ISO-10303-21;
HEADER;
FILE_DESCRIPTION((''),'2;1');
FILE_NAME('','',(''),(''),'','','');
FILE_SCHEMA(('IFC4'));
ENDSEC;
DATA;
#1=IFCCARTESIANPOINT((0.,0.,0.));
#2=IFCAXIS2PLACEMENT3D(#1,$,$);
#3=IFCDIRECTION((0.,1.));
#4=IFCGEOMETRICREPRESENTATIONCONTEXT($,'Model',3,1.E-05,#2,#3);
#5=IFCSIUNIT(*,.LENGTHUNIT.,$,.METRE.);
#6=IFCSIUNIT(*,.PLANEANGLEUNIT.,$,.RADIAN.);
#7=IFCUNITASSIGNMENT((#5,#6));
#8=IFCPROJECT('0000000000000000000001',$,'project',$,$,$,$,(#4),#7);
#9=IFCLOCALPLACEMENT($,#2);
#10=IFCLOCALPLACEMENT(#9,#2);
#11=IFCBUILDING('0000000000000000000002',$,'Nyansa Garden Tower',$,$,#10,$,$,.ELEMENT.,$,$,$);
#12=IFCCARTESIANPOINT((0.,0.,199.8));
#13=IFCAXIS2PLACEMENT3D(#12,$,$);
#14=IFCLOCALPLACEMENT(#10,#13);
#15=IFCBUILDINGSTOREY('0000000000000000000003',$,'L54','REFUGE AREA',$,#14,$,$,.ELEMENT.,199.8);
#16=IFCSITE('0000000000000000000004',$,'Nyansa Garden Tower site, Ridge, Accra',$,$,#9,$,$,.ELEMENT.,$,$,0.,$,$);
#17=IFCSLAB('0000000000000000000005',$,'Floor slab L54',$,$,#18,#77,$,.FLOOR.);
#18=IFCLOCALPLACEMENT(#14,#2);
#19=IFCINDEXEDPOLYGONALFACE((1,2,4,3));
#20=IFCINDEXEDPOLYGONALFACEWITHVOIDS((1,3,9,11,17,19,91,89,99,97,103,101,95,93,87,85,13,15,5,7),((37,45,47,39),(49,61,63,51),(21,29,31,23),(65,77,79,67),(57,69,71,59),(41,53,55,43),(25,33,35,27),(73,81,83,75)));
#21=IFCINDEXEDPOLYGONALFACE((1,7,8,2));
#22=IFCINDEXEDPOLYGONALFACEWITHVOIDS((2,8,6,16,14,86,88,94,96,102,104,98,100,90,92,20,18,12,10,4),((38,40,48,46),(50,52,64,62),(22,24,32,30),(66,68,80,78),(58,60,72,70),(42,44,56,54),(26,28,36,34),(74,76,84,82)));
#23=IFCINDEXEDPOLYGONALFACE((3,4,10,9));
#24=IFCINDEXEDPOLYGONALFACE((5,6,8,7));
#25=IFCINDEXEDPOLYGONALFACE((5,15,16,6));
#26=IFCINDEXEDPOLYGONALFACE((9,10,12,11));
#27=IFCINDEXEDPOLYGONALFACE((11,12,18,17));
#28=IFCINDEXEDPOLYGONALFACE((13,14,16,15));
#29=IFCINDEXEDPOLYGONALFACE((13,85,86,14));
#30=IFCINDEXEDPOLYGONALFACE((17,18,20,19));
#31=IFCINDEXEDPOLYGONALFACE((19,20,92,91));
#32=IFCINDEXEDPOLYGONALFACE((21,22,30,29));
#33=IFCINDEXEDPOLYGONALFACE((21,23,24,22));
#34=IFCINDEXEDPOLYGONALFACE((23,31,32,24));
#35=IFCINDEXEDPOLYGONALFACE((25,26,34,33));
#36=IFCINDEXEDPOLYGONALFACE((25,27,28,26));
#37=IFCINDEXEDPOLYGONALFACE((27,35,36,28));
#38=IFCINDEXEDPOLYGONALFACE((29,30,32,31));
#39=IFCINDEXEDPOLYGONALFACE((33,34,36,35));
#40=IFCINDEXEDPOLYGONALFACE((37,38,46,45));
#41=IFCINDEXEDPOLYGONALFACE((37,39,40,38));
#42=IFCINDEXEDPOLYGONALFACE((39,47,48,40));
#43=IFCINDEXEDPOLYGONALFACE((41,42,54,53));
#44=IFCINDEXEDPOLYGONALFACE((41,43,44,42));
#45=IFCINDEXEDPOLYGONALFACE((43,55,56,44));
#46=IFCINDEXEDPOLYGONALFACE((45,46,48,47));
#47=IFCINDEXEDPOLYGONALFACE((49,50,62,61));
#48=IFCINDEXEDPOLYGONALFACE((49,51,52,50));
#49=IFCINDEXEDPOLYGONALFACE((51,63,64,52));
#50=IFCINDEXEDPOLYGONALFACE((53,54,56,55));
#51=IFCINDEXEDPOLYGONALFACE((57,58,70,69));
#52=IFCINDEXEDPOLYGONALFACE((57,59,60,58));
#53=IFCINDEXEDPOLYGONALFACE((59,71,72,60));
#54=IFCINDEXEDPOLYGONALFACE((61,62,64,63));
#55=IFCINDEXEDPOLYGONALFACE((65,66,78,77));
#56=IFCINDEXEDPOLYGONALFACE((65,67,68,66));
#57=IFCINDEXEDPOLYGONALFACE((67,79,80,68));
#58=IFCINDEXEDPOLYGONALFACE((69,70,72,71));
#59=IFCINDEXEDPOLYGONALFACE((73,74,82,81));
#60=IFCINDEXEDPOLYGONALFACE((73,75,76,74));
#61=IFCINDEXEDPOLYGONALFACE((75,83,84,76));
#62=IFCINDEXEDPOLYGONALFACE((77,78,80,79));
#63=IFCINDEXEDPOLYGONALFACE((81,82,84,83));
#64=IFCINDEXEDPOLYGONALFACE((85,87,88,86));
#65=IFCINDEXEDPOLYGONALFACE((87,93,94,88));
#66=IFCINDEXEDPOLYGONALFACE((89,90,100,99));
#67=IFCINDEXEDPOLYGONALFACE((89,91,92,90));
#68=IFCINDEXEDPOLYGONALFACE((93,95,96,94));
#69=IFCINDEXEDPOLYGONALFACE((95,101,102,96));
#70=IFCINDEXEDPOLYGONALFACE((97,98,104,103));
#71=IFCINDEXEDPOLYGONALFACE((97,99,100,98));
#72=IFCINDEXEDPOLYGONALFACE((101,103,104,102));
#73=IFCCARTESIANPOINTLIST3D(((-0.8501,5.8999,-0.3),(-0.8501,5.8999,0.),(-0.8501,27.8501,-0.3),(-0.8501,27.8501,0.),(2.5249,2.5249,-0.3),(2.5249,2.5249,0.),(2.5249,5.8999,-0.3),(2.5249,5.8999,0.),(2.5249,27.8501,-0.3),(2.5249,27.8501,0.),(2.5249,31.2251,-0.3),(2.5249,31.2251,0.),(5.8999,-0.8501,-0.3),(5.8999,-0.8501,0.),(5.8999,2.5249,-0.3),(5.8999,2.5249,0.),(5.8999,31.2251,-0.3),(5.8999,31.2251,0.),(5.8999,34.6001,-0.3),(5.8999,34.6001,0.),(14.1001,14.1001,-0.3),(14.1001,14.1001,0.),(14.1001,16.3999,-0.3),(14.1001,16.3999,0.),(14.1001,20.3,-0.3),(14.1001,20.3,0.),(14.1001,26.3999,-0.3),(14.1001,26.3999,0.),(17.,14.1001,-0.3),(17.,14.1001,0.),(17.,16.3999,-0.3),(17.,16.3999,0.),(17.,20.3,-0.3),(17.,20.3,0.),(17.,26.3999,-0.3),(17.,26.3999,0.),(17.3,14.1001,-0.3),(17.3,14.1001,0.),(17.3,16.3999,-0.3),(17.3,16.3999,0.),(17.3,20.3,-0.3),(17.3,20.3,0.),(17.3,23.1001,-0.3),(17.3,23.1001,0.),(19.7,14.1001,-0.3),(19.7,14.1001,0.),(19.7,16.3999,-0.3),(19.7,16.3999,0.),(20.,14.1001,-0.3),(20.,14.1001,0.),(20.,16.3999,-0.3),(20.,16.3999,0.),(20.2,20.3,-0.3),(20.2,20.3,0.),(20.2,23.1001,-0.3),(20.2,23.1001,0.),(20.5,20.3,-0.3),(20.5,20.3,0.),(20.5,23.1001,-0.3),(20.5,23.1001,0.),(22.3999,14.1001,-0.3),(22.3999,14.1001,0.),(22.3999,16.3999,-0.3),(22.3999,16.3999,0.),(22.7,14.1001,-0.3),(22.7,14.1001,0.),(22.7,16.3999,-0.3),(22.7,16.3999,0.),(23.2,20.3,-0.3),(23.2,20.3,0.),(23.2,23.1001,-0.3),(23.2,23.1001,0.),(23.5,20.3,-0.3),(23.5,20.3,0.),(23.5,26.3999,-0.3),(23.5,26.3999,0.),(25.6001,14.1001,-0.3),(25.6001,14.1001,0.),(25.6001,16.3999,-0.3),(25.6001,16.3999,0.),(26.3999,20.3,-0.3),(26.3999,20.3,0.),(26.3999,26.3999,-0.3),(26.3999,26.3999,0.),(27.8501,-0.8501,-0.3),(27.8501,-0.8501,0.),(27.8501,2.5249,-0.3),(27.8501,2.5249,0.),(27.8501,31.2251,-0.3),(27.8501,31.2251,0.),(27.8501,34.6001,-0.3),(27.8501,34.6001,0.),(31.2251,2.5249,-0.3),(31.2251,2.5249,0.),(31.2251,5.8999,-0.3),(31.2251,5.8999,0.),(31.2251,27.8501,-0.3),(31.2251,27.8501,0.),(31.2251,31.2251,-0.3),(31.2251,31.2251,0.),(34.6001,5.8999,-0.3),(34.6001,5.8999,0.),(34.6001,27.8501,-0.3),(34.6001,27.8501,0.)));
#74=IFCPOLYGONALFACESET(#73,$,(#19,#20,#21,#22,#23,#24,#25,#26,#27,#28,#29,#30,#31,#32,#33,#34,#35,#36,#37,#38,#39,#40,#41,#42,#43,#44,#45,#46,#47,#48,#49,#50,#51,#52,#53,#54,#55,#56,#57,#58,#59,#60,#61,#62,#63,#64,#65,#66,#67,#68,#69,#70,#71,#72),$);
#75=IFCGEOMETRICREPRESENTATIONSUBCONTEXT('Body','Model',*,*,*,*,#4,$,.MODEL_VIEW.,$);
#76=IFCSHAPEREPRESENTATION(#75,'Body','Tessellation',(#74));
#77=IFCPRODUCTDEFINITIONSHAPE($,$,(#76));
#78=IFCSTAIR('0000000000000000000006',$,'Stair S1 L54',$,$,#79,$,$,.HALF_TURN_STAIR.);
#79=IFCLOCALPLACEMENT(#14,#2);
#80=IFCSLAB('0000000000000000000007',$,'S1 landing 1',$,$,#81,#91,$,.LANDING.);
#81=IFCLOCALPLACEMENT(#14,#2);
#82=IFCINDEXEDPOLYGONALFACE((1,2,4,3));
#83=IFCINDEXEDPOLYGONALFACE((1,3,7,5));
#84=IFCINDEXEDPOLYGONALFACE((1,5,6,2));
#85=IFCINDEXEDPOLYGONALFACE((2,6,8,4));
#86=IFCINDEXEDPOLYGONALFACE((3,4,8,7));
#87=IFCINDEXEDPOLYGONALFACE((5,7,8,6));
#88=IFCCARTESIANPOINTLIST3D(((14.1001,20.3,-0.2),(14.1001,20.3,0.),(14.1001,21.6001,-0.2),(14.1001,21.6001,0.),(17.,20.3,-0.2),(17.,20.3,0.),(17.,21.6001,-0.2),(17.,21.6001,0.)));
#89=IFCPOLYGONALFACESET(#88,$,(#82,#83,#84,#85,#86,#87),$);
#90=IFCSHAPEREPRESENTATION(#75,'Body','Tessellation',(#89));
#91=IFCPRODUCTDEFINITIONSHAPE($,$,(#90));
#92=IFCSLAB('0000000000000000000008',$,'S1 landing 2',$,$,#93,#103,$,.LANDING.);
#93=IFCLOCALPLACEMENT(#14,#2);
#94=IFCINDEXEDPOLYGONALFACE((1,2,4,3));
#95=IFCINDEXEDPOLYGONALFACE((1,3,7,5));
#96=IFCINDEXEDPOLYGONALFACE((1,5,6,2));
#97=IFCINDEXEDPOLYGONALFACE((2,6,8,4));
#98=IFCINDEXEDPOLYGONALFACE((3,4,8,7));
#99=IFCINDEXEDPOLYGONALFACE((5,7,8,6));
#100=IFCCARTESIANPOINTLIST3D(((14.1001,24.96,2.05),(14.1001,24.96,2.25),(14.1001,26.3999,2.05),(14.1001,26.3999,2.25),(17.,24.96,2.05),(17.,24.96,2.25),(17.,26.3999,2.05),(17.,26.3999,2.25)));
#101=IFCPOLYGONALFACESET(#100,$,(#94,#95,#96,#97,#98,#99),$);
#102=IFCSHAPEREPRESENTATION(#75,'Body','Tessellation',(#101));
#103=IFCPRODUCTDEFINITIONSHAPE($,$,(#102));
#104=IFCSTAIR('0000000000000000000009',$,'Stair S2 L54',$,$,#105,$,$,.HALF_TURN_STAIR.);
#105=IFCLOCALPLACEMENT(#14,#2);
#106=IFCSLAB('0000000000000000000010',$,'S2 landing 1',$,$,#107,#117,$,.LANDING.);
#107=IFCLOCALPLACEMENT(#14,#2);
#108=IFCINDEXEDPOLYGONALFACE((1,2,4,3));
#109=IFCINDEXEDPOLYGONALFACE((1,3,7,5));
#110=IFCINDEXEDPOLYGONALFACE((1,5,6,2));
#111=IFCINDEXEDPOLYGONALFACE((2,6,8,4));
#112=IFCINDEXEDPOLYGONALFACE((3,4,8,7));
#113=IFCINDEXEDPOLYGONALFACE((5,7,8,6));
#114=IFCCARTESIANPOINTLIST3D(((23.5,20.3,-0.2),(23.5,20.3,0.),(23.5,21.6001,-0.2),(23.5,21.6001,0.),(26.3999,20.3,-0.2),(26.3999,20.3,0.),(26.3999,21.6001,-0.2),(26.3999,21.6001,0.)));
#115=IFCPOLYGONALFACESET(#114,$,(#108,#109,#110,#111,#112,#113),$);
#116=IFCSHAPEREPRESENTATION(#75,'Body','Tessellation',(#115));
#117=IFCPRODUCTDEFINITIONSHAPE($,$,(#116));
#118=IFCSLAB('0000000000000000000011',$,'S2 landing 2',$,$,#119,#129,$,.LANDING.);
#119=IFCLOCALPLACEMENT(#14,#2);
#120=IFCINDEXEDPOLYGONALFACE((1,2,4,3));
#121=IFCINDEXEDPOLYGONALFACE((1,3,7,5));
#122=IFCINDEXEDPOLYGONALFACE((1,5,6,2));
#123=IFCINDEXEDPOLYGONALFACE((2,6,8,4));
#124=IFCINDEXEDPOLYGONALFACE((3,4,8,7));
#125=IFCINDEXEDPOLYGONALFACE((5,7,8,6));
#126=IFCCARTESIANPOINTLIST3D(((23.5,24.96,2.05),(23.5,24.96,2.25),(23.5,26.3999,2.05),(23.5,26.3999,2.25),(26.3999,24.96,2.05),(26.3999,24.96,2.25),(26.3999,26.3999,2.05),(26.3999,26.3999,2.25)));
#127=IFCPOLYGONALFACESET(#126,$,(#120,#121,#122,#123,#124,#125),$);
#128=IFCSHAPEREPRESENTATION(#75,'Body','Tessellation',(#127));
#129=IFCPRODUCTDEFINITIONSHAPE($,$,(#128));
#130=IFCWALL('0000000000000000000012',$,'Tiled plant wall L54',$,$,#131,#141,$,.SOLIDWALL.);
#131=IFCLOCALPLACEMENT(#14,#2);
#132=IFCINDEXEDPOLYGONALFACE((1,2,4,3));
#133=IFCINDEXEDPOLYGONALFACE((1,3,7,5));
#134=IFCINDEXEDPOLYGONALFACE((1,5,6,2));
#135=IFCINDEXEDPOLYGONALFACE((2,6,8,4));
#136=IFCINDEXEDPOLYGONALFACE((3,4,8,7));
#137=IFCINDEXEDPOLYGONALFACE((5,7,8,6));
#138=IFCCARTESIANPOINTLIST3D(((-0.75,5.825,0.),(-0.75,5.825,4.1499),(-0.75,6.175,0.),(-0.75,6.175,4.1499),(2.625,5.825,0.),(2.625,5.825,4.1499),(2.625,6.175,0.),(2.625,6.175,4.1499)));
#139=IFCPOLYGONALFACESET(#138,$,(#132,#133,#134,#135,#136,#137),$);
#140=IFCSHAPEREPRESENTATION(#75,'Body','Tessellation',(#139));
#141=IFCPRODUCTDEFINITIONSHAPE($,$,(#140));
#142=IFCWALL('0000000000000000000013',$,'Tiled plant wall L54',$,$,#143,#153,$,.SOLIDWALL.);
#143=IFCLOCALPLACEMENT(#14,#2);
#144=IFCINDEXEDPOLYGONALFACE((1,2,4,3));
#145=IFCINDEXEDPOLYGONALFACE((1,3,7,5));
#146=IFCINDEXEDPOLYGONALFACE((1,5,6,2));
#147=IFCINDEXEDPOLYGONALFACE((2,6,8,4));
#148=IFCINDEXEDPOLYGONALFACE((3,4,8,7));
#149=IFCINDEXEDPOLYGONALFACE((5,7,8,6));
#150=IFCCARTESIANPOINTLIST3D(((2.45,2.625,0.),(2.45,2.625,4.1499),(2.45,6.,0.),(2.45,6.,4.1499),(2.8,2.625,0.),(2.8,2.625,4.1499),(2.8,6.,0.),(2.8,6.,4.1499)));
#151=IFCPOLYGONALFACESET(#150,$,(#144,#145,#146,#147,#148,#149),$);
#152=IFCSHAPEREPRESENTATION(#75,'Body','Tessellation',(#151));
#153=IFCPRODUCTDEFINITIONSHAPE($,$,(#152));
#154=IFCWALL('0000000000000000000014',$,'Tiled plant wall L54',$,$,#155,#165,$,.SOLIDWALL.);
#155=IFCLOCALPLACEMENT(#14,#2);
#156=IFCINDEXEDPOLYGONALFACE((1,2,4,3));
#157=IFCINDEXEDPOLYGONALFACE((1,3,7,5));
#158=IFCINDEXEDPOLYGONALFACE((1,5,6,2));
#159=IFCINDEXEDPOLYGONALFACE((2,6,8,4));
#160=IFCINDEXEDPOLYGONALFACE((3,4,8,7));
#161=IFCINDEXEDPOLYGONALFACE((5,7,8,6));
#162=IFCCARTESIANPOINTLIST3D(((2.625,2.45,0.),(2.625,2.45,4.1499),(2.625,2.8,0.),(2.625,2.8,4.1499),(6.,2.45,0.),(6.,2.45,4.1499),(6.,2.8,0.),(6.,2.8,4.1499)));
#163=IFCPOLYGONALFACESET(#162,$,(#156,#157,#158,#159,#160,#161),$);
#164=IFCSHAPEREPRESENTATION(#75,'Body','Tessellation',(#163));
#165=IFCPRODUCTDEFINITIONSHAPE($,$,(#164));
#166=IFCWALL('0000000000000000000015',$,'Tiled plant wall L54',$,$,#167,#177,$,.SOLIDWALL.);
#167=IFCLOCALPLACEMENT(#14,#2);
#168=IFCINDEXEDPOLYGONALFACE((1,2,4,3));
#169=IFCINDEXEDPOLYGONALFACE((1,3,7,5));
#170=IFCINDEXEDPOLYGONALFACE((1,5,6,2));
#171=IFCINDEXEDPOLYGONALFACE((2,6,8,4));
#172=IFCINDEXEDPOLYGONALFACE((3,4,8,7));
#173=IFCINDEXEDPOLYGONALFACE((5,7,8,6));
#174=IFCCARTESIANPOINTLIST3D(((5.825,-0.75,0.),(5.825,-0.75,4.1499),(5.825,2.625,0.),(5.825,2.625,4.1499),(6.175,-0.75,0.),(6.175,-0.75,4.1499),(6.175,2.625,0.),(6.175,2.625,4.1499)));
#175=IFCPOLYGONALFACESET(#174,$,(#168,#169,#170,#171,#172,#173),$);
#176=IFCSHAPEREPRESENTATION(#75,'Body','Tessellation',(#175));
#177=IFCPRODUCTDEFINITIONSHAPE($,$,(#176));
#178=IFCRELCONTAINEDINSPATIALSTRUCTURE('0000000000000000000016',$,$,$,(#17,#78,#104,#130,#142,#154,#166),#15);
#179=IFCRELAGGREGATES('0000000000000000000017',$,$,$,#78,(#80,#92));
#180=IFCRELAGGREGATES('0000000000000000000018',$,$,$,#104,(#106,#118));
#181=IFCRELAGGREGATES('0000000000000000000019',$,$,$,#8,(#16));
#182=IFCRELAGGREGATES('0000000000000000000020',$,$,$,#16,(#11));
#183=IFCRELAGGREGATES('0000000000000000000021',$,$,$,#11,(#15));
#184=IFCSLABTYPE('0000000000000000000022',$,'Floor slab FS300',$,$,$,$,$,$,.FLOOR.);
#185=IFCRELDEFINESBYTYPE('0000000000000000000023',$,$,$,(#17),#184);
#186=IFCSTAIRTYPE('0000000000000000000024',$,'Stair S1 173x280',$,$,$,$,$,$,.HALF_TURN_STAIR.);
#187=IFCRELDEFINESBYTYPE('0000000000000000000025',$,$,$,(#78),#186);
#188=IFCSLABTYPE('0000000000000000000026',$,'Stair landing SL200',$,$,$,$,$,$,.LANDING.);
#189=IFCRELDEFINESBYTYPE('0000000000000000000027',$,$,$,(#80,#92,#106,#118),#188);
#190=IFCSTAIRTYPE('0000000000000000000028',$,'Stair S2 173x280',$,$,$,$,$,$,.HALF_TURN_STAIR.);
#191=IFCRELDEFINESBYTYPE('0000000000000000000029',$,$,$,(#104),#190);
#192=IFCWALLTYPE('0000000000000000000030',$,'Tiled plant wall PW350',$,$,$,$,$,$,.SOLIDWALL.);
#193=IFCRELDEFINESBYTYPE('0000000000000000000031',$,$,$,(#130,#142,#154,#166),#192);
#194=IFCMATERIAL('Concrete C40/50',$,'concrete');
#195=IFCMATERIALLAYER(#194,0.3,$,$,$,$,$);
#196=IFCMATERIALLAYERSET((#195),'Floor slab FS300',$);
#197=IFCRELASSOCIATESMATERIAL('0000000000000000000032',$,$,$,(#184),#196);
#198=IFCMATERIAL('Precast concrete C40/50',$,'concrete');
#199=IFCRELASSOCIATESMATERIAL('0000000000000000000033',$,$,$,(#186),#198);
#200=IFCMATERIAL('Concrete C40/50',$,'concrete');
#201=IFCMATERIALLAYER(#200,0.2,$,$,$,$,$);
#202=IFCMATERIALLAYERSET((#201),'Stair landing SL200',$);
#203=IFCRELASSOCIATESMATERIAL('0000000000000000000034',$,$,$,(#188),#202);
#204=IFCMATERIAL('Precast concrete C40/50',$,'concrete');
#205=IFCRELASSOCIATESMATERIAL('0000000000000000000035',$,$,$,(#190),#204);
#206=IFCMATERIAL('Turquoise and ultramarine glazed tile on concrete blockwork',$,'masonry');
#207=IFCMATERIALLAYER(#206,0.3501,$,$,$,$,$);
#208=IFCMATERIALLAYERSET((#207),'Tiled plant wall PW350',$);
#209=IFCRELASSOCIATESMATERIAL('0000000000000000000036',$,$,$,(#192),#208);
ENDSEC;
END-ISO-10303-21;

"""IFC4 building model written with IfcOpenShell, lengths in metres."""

from ifc_helpers import new_model, si_unit, direction, frame, frame_2d, origin, place, context, subcontext, project, spatial, polyline, rectangle, outline, extrude, material, layer, layer_set, type_object, element, aggregate, save


model = new_model("IFC4")

# Units and contexts
model_context = context("Model", 3, precision=1e-05, world=origin(), true_north=direction((0.0, 1.0)))
body_context = subcontext(model_context, "Body", "Model", "MODEL_VIEW")
ifc_project = project(units=[si_unit("LENGTHUNIT", "METRE"), si_unit("PLANEANGLEUNIT", "RADIAN")], contexts=[model_context])

# Site, building, storey
site_placement = place(None, origin())
site = spatial("IfcSite", under=ifc_project, at=site_placement, Name="Nyansa Garden Tower site, Ridge, Accra", CompositionType="ELEMENT", RefElevation=0.0)
building_placement = place(site_placement, origin())
building = spatial("IfcBuilding", under=site, at=building_placement, Name="Nyansa Garden Tower", CompositionType="ELEMENT")
storey_placement = place(building_placement, frame((0.0, 0.0, 199.8)))
storey = spatial("IfcBuildingStorey", under=building, at=storey_placement, Name="L54", Description="REFUGE AREA", CompositionType="ELEMENT", Elevation=199.8)

# Slab
ifc_material_1 = material(Name="Concrete C40/50", Category="concrete")
ifc_layer_1 = layer(ifc_material_1, 0.3)
ifc_layer_set_1 = layer_set([ifc_layer_1], Name="Floor slab FS300")
slab_type_1 = type_object("IfcSlabType", Name="Floor slab FS300", PredefinedType="FLOOR", material=ifc_layer_set_1)
slab_1_placement = place(storey_placement, frame((0.0, 0.0, -0.3)))
element("IfcSlab", 1, at=slab_1_placement, inside=storey, type_object=slab_type_1, Name="Floor slab L54", PredefinedType="FLOOR", context=body_context, shape_type="SweptSolid", body=[
    extrude(outline(polyline([(34.6001, 5.8999), (31.2251, 5.8999), (31.2251, 2.5249), (27.8501, 2.5249), (27.8501, -0.8501), (5.8999, -0.8501), (5.8999, 2.5249), (2.5249, 2.5249), (2.5249, 5.8999), (-0.8501, 5.8999), (-0.8501, 27.8501), (2.5249, 27.8501), (2.5249, 31.2251), (5.8999, 31.2251), (5.8999, 34.6001), (27.8501, 34.6001), (27.8501, 31.2251), (31.2251, 31.2251), (31.2251, 27.8501), (34.6001, 27.8501), (34.6001, 5.8999)]), holes=[polyline([(14.1001, 14.1001), (17.0, 14.1001), (17.0, 16.3999), (14.1001, 16.3999), (14.1001, 14.1001)]), polyline([(17.3, 14.1001), (19.7, 14.1001), (19.7, 16.3999), (17.3, 16.3999), (17.3, 14.1001)]), polyline([(20.0, 14.1001), (22.3999, 14.1001), (22.3999, 16.3999), (20.0, 16.3999), (20.0, 14.1001)]), polyline([(22.7, 14.1001), (25.6001, 14.1001), (25.6001, 16.3999), (22.7, 16.3999), (22.7, 14.1001)]), polyline([(17.3, 20.3), (20.2, 20.3), (20.2, 23.1001), (17.3, 23.1001), (17.3, 20.3)]), polyline([(20.5, 20.3), (23.2, 20.3), (23.2, 23.1001), (20.5, 23.1001), (20.5, 20.3)]), polyline([(14.1001, 20.3), (17.0, 20.3), (17.0, 26.3999), (14.1001, 26.3999), (14.1001, 20.3)]), polyline([(23.5, 20.3), (26.3999, 20.3), (26.3999, 26.3999), (23.5, 26.3999), (23.5, 20.3)])]), origin(), (0.0, 0.0, 1.0), 0.3),
])

# Stairs, slabs
ifc_material_2 = material(Name="Precast concrete C40/50", Category="concrete")
stair_type_1 = type_object("IfcStairType", Name="Stair S1 173x280", PredefinedType="HALF_TURN_STAIR", material=ifc_material_2)
stair_1_placement = place(storey_placement, origin())
stair_1 = element("IfcStair", 2, at=stair_1_placement, inside=storey, type_object=stair_type_1, Name="Stair S1 L54", PredefinedType="HALF_TURN_STAIR")
ifc_material_3 = material(Name="Concrete C40/50", Category="concrete")
ifc_layer_2 = layer(ifc_material_3, 0.2)
ifc_layer_set_2 = layer_set([ifc_layer_2], Name="Stair landing SL200")
slab_type_2 = type_object("IfcSlabType", Name="Stair landing SL200", PredefinedType="LANDING", material=ifc_layer_set_2)
slab_2_placement = place(storey_placement, frame((0.0, 0.0, -0.2)))
slab_2 = element("IfcSlab", 3, at=slab_2_placement, type_object=slab_type_2, Name="S1 landing 1", PredefinedType="LANDING", context=body_context, shape_type="SweptSolid", body=[
    extrude(outline(polyline([(14.1001, 20.3), (17.0, 20.3), (17.0, 21.6001), (14.1001, 21.6001), (14.1001, 20.3)])), origin(), (0.0, 0.0, 1.0), 0.2),
])
slab_3_placement = place(storey_placement, frame((0.0, 0.0, 2.05)))
slab_3 = element("IfcSlab", 4, at=slab_3_placement, type_object=slab_type_2, Name="S1 landing 2", PredefinedType="LANDING", context=body_context, shape_type="SweptSolid", body=[
    extrude(outline(polyline([(14.1001, 24.96), (17.0, 24.96), (17.0, 26.3999), (14.1001, 26.3999), (14.1001, 24.96)])), origin(), (0.0, 0.0, 1.0), 0.2),
])
aggregate(stair_1, [slab_2, slab_3])
ifc_material_4 = material(Name="Precast concrete C40/50", Category="concrete")
stair_type_2 = type_object("IfcStairType", Name="Stair S2 173x280", PredefinedType="HALF_TURN_STAIR", material=ifc_material_4)
stair_2_placement = place(storey_placement, origin())
stair_2 = element("IfcStair", 5, at=stair_2_placement, inside=storey, type_object=stair_type_2, Name="Stair S2 L54", PredefinedType="HALF_TURN_STAIR")
slab_4_placement = place(storey_placement, frame((0.0, 0.0, -0.2)))
slab_4 = element("IfcSlab", 6, at=slab_4_placement, type_object=slab_type_2, Name="S2 landing 1", PredefinedType="LANDING", context=body_context, shape_type="SweptSolid", body=[
    extrude(outline(polyline([(23.5, 20.3), (26.3999, 20.3), (26.3999, 21.6001), (23.5, 21.6001), (23.5, 20.3)])), origin(), (0.0, 0.0, 1.0), 0.2),
])
slab_5_placement = place(storey_placement, frame((0.0, 0.0, 2.05)))
slab_5 = element("IfcSlab", 7, at=slab_5_placement, type_object=slab_type_2, Name="S2 landing 2", PredefinedType="LANDING", context=body_context, shape_type="SweptSolid", body=[
    extrude(outline(polyline([(23.5, 24.96), (26.3999, 24.96), (26.3999, 26.3999), (23.5, 26.3999), (23.5, 24.96)])), origin(), (0.0, 0.0, 1.0), 0.2),
])
aggregate(stair_2, [slab_4, slab_5])

# Walls
ifc_material_5 = material(Name="Turquoise and ultramarine glazed tile on concrete blockwork", Category="masonry")
ifc_layer_3 = layer(ifc_material_5, 0.3501)
ifc_layer_set_3 = layer_set([ifc_layer_3], Name="Tiled plant wall PW350")
wall_type = type_object("IfcWallType", Name="Tiled plant wall PW350", PredefinedType="SOLIDWALL", material=ifc_layer_set_3)
for number, where, z_axis, x_axis, name in (
    (8, (-0.75, 6.0, 0.0), (0.0, 0.0, 1.0), (1.0, 0.0, 0.0), "Tiled plant wall L54"),
    (9, (2.625, 6.0, 0.0), (0.0, 0.0, 1.0), (0.0, -1.0, 0.0), "Tiled plant wall L54"),
    (10, (2.625, 2.625, 0.0), (0.0, 0.0, 1.0), (1.0, 0.0, 0.0), "Tiled plant wall L54"),
    (11, (6.0, 2.625, 0.0), (0.0, 0.0, 1.0), (0.0, -1.0, 0.0), "Tiled plant wall L54"),
):
    element("IfcWall", number, at=place(storey_placement, frame(where, z_axis=z_axis, x_axis=x_axis)), inside=storey, type_object=wall_type, Name=name, PredefinedType="SOLIDWALL", context=body_context, shape_type="SweptSolid", body=[
        extrude(rectangle(XDim=3.375, YDim=0.3501, at=frame_2d((1.6875, 0.0))), origin(), (0.0, 0.0, 1.0), 4.1499),
    ])

save(model, "model.ifc")
